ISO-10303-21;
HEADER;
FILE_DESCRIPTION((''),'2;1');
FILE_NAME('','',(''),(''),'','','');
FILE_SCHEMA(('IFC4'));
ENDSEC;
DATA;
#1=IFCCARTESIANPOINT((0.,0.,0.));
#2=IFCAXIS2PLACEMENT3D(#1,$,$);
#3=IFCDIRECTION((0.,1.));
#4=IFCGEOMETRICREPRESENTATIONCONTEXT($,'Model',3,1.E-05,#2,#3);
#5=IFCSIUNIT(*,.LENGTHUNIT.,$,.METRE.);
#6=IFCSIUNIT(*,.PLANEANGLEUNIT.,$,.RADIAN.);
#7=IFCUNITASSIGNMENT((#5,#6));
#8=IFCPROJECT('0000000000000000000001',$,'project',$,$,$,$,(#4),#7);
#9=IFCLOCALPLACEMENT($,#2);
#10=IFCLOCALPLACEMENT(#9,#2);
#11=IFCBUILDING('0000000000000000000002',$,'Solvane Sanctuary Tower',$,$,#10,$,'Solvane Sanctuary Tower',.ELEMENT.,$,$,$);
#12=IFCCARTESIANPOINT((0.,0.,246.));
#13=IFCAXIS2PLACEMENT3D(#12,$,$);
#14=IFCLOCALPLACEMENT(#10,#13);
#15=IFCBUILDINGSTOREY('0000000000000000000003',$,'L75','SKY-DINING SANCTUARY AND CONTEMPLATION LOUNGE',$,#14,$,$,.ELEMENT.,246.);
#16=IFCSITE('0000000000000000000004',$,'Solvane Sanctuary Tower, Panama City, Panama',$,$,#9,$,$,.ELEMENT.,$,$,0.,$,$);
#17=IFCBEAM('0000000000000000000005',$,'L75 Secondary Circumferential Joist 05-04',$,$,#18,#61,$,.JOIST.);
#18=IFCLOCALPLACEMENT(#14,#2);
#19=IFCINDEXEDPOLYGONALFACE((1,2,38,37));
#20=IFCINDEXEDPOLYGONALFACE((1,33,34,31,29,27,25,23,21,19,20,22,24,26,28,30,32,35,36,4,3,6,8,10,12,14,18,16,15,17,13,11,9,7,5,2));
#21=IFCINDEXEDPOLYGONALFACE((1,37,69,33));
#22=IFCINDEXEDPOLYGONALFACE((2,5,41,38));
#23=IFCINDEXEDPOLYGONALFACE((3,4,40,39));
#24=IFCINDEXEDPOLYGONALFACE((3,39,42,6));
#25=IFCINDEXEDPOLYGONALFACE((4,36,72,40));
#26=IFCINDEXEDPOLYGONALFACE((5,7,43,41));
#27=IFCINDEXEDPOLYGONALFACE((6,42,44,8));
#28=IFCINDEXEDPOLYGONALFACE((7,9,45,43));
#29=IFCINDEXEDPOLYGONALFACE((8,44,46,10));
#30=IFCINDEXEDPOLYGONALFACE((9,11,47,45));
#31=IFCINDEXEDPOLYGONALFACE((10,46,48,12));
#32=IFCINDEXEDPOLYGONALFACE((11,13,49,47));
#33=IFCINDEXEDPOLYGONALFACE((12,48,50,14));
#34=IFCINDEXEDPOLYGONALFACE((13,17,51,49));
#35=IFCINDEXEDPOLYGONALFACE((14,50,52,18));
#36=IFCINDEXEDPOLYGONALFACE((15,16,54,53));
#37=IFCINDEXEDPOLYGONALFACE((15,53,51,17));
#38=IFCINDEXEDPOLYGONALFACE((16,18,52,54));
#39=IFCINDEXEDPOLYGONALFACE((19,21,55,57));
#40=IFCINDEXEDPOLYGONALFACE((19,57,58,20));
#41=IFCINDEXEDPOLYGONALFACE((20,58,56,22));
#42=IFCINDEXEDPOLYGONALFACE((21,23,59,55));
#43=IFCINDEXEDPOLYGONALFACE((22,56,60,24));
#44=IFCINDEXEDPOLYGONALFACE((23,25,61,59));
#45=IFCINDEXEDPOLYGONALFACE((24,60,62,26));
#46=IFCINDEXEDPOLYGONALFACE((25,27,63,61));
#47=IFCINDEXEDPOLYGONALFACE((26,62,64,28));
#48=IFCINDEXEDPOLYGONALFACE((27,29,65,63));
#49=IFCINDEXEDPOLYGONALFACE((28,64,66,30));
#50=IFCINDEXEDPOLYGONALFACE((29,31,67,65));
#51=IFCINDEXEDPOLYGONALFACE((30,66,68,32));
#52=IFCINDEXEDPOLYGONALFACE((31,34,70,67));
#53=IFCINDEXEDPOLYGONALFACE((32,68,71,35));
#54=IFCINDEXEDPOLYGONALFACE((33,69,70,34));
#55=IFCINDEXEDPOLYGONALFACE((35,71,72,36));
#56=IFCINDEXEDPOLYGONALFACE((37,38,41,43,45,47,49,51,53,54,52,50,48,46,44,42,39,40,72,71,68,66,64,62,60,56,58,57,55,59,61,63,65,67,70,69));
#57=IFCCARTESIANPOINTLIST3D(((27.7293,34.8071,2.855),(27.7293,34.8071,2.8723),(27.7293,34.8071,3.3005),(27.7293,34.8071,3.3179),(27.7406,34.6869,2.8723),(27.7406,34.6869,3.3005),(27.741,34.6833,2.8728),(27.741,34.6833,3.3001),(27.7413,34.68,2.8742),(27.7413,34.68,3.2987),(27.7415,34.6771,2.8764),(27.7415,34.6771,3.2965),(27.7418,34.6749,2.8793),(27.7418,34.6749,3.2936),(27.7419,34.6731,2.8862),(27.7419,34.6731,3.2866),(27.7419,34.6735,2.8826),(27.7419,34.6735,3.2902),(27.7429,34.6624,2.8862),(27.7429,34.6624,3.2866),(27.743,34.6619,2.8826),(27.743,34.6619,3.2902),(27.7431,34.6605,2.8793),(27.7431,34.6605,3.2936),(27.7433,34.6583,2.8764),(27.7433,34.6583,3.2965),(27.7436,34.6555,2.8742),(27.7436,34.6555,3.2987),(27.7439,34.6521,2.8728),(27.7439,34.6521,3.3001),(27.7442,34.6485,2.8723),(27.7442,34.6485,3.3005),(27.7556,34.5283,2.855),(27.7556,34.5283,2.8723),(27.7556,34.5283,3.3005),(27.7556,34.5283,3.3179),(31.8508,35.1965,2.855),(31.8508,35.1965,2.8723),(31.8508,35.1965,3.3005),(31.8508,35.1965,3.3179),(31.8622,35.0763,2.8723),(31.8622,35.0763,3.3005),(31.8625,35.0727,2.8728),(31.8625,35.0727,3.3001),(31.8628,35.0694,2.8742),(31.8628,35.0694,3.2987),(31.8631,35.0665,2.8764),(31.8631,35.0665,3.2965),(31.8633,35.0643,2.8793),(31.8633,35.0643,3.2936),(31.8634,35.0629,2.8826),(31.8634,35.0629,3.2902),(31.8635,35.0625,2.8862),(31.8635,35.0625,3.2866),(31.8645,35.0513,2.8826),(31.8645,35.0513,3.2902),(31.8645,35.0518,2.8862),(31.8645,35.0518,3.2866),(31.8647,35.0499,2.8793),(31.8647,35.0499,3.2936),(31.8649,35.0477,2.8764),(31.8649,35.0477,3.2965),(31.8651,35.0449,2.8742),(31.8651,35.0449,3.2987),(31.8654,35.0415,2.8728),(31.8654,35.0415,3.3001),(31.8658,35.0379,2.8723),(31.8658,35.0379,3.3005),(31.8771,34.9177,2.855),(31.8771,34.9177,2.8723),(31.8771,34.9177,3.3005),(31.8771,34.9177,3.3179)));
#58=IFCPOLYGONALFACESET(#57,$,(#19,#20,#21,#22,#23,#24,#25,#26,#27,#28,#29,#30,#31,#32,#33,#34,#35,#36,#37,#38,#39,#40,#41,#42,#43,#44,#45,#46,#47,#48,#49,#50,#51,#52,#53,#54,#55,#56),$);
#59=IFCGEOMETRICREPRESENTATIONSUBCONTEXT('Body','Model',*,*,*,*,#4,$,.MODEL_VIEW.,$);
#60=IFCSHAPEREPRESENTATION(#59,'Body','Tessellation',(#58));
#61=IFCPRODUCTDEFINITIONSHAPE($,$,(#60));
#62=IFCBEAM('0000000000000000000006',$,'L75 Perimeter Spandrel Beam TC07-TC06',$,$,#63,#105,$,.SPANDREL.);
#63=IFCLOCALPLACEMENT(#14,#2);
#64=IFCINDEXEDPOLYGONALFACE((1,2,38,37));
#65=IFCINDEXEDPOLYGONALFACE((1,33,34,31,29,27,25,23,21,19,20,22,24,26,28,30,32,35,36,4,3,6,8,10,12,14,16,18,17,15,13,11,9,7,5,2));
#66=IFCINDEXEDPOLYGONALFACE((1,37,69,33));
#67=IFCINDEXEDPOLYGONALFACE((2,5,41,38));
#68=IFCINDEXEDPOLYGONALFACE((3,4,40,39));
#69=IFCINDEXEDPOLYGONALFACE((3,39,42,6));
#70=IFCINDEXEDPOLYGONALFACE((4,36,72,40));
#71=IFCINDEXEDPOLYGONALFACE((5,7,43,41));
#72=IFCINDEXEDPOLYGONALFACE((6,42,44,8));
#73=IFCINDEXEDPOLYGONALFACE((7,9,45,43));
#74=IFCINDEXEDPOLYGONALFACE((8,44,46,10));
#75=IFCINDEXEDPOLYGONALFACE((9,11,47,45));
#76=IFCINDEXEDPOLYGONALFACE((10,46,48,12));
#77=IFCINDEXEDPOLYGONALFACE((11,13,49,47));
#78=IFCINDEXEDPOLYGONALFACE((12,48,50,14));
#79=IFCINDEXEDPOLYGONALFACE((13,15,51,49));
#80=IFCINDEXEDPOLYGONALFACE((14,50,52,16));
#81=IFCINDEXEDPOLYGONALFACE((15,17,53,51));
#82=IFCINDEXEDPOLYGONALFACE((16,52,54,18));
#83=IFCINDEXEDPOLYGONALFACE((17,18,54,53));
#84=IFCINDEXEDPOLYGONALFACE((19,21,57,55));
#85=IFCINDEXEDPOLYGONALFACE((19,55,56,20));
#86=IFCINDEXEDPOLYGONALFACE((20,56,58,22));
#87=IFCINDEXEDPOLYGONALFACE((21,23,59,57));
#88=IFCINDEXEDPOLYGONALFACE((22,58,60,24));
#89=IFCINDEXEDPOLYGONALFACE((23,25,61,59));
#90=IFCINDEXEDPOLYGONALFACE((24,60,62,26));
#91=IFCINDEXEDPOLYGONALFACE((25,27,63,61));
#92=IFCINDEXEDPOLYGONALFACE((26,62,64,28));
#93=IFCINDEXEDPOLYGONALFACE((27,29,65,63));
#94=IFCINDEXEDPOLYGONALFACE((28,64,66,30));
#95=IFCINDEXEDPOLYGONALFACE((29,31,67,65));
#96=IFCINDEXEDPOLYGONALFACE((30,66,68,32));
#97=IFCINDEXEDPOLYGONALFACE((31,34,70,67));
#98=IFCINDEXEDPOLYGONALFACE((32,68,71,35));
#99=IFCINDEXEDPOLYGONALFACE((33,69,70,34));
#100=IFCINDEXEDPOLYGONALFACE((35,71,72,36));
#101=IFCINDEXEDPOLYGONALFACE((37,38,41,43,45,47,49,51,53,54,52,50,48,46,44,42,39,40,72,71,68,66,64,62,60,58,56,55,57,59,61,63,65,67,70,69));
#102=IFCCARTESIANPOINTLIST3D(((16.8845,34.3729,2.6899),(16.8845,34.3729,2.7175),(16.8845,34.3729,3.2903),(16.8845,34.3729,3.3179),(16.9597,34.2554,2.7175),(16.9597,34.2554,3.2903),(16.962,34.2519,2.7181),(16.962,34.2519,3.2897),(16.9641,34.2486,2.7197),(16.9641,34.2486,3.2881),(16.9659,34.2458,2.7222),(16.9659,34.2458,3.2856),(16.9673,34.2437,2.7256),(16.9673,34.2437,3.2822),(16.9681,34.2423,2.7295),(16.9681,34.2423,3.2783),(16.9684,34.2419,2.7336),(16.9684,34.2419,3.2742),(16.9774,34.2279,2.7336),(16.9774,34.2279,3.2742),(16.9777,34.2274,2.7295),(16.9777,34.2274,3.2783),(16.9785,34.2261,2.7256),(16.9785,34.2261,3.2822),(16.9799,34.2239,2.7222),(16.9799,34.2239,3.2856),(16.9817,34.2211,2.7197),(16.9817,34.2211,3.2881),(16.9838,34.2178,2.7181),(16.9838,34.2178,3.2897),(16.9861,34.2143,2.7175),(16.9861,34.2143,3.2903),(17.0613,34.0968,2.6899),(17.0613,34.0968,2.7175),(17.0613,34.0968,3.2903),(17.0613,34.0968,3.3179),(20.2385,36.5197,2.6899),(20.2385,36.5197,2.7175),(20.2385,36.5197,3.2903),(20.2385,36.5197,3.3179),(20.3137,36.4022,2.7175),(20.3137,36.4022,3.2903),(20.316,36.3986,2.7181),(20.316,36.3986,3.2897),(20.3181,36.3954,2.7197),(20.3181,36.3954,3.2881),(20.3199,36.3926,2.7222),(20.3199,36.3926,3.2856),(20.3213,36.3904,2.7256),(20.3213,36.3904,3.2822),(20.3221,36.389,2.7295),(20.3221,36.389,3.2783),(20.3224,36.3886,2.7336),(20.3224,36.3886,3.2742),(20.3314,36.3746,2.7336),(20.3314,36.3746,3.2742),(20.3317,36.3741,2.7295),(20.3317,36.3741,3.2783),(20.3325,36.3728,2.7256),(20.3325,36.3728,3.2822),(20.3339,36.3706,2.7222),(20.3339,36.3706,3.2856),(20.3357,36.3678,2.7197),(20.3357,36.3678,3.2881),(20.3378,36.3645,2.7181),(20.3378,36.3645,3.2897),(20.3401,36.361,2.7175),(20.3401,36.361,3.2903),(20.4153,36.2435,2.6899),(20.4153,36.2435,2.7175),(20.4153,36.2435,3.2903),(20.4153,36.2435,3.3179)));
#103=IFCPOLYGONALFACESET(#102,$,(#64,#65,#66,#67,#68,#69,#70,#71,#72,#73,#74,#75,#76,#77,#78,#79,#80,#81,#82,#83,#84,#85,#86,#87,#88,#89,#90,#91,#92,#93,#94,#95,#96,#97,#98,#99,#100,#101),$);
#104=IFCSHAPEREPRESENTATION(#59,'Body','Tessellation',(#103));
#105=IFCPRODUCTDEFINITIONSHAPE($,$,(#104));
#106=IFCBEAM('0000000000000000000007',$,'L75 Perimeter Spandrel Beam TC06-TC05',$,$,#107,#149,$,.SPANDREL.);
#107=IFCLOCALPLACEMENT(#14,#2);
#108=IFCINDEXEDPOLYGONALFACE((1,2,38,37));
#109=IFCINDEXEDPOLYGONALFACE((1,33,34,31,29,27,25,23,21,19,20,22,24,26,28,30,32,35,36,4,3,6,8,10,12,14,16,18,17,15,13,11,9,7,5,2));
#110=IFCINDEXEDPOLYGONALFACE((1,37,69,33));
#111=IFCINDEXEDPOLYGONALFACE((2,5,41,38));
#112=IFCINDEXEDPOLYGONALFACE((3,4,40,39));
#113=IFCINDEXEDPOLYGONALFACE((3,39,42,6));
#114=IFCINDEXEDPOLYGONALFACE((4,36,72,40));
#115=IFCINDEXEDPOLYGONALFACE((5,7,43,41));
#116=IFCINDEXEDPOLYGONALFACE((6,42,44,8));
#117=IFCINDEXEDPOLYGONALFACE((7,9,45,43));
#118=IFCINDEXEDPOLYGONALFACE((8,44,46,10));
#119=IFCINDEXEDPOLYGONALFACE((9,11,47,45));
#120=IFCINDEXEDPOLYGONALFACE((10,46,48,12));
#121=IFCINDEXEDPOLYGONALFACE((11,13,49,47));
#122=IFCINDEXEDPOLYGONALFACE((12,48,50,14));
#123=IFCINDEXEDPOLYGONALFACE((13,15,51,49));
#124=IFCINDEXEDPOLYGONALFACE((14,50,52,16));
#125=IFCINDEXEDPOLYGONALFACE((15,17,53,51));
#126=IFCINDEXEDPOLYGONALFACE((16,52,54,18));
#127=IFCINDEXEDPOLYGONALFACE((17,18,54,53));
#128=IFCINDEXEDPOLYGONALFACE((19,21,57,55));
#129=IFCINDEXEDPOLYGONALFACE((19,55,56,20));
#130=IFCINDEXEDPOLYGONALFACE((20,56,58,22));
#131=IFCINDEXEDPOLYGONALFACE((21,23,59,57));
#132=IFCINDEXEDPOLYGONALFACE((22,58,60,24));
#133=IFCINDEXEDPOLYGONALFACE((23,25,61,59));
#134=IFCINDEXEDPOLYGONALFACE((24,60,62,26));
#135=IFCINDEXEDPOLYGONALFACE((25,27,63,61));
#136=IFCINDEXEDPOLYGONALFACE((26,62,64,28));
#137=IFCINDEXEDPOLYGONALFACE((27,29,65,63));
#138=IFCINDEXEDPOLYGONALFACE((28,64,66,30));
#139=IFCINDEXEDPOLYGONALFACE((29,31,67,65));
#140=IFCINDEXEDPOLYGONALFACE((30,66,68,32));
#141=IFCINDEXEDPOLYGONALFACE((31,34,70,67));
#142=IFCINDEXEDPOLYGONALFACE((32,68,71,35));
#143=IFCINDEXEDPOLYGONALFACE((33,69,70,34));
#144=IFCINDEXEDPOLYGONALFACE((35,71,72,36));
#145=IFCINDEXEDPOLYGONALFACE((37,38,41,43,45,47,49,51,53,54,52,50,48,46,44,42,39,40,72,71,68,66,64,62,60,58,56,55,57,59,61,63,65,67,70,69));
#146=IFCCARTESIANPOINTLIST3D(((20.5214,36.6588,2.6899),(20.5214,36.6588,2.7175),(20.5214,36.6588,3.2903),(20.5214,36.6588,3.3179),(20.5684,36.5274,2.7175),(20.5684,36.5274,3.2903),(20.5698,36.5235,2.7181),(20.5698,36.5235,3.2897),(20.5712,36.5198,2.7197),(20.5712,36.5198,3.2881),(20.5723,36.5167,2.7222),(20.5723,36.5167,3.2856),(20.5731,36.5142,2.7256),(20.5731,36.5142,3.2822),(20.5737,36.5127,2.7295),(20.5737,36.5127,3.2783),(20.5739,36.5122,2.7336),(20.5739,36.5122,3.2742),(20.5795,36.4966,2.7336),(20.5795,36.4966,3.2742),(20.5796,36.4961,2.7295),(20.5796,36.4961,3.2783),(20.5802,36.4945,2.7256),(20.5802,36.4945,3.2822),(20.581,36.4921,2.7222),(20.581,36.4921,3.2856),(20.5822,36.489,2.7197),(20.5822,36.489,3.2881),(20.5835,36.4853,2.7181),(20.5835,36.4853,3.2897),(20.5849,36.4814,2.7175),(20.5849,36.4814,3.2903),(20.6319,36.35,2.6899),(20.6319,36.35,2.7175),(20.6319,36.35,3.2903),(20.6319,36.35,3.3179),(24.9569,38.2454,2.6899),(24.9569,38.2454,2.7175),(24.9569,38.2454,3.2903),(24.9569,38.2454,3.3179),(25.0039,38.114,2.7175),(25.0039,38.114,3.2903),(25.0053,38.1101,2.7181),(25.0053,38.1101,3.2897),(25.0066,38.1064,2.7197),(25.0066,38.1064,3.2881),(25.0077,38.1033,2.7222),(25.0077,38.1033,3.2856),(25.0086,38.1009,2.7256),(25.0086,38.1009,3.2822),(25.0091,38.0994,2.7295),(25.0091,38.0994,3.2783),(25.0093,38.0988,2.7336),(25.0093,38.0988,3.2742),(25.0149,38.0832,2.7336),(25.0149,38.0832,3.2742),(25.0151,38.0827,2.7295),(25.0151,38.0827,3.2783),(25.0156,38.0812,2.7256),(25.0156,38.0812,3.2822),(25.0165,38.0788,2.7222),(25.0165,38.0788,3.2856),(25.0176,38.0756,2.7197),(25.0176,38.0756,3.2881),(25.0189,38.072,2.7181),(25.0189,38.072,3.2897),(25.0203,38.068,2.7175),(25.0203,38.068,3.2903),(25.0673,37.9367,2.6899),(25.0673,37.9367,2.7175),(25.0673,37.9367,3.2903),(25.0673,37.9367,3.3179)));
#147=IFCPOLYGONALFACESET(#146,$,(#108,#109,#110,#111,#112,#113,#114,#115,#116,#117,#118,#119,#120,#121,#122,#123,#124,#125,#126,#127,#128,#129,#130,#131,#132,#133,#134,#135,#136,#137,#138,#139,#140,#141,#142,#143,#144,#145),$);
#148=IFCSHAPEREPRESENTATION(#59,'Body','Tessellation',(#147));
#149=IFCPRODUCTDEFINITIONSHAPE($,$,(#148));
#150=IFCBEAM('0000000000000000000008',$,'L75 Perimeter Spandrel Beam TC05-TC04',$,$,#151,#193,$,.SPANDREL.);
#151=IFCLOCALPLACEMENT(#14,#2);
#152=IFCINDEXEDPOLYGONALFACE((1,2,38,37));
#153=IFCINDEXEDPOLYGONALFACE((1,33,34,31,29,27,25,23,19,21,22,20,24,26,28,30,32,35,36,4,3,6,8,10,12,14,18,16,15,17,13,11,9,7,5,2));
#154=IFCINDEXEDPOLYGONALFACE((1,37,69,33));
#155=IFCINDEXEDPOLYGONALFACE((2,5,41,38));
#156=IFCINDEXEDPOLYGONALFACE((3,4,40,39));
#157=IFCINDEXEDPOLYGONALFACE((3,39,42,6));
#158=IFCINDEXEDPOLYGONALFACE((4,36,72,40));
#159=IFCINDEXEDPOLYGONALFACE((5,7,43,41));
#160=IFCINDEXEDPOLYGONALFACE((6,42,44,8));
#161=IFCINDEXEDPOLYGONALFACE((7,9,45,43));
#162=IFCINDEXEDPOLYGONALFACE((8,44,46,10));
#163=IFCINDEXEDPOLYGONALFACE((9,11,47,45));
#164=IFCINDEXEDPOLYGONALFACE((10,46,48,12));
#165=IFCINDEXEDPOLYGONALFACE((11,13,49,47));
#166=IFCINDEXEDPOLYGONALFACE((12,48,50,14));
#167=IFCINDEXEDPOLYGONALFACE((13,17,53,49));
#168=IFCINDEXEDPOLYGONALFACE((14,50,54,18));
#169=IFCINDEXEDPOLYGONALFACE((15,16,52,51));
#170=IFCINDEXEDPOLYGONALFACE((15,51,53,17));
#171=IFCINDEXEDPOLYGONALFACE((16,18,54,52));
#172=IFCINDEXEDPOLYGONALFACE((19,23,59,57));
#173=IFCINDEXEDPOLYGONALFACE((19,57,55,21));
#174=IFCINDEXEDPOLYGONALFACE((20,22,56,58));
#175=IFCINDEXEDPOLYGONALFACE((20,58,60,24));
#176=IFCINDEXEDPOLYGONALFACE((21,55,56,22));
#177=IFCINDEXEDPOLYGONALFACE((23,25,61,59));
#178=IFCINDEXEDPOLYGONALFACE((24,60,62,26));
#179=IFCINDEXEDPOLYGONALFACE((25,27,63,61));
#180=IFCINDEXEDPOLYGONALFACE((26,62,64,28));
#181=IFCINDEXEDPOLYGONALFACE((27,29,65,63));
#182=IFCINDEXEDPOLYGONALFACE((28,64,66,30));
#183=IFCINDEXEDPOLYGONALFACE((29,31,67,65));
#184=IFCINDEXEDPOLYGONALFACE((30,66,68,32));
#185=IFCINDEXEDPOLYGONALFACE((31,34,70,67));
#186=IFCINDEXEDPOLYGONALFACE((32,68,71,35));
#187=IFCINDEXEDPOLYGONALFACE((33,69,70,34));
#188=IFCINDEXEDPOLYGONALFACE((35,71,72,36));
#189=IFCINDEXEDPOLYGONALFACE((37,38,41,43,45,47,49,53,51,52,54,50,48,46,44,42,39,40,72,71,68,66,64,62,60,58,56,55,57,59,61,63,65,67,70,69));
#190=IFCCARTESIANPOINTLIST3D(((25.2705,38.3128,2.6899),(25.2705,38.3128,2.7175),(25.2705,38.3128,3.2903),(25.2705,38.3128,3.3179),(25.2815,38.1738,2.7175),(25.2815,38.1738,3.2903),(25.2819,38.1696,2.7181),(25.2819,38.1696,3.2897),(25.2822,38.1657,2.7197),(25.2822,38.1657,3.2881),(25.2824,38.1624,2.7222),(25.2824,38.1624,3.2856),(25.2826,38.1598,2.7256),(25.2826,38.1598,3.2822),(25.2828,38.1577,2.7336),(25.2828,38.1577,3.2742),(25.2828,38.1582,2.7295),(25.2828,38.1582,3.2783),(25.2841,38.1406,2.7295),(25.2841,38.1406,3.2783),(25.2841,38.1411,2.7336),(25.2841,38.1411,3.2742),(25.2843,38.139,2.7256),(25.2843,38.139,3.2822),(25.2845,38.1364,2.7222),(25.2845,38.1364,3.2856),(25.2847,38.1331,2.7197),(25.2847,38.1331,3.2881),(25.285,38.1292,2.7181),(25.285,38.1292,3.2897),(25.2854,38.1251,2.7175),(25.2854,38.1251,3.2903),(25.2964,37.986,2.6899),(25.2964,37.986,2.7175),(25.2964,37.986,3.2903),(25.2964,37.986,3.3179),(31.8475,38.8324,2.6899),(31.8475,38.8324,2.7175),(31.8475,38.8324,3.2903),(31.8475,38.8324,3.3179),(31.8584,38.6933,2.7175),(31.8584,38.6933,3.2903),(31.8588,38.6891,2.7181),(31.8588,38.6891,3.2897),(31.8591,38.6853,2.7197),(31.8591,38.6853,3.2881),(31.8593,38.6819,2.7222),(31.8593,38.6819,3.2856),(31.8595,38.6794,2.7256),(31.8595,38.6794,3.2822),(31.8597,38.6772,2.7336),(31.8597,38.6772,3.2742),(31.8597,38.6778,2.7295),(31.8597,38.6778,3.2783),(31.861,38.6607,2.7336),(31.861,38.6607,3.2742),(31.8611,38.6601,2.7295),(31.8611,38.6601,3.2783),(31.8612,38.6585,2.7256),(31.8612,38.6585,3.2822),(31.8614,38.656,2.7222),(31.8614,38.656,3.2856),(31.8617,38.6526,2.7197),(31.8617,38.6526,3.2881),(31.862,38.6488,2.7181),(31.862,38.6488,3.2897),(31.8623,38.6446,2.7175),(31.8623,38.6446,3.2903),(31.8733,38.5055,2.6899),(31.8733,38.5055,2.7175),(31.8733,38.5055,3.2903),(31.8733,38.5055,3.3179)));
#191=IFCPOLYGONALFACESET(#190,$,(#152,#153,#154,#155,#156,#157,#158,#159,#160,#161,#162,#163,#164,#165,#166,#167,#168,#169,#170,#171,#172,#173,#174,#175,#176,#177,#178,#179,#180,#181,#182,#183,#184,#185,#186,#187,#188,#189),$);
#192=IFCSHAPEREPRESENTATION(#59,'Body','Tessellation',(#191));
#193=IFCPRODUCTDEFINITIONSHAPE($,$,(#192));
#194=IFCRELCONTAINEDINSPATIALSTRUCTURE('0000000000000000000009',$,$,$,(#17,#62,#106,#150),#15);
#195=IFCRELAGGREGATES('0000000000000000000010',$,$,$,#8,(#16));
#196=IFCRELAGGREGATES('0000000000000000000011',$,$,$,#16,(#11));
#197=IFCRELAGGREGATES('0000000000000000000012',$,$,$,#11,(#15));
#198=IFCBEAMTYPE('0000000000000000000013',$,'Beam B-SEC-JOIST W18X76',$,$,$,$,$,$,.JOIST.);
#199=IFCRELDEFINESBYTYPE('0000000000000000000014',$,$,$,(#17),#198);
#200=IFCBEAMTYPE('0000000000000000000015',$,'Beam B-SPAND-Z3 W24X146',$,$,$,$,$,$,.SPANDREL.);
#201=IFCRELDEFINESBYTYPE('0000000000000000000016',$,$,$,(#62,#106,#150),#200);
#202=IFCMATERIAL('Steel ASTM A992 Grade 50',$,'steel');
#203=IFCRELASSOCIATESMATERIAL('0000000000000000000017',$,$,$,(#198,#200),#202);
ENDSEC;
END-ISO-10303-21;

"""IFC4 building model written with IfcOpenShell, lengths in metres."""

from ifc_helpers import new_model, si_unit, direction, frame, origin, origin_2d, place, context, subcontext, project, spatial, i_section, extrude, material, material_profile, profile_set, type_object, element, save


model = new_model("IFC4")

# Units and contexts
model_context = context("Model", 3, precision=1e-05, world=origin(), true_north=direction((0.0, 1.0)))
body_context = subcontext(model_context, "Body", "Model", "MODEL_VIEW")
ifc_project = project(units=[si_unit("LENGTHUNIT", "METRE"), si_unit("PLANEANGLEUNIT", "RADIAN")], contexts=[model_context])

# Site, building, storey
site_placement = place(None, origin())
site = spatial("IfcSite", under=ifc_project, at=site_placement, Name="Solvane Sanctuary Tower, Panama City, Panama", CompositionType="ELEMENT", RefElevation=0.0)
building_placement = place(site_placement, origin())
building = spatial("IfcBuilding", under=site, at=building_placement, Name="Solvane Sanctuary Tower", LongName="Solvane Sanctuary Tower", CompositionType="ELEMENT")
storey_placement = place(building_placement, frame((0.0, 0.0, 246.0)))
storey = spatial("IfcBuildingStorey", under=building, at=storey_placement, Name="L75", Description="SKY-DINING SANCTUARY AND CONTEMPLATION LOUNGE", CompositionType="ELEMENT", Elevation=246.0)

# Beams
ifc_material_1 = material(Name="Steel ASTM A992 Grade 50", Category="steel")
ifc_material_profile_1 = material_profile(ifc_material_1, i_section(OverallWidth=0.28, OverallDepth=0.4629, WebThickness=0.0107, FlangeThickness=0.0173, FilletRadius=0.0139, at=origin_2d()), Name="W18X76")
ifc_profile_set_1 = profile_set([ifc_material_profile_1], Name="Steel ASTM A992 Grade 50")
beam_type_1 = type_object("IfcBeamType", Name="Beam B-SEC-JOIST W18X76", PredefinedType="JOIST", material=ifc_profile_set_1)
beam_1_placement = place(storey_placement, frame((27.7424, 34.6677, 3.0864), z_axis=(0.995566, 0.09406, 0.0), x_axis=(-0.09406, 0.995566, 0.0)))
element("IfcBeam", 1, at=beam_1_placement, inside=storey, type_object=beam_type_1, Name="L75 Secondary Circumferential Joist 05-04", PredefinedType="JOIST", context=body_context, shape_type="SweptSolid", body=[
    extrude(i_section(OverallWidth=0.28, OverallDepth=0.4629, WebThickness=0.0107, FlangeThickness=0.0173, FilletRadius=0.0139, at=origin_2d()), origin(), (0.0, 0.0, 1.0), 4.1399),
])
ifc_material_profile_2 = material_profile(ifc_material_1, i_section(OverallWidth=0.3279, OverallDepth=0.6279, WebThickness=0.0166, FlangeThickness=0.0276, FilletRadius=0.0161, at=origin_2d()), Name="W24X146")
ifc_profile_set_2 = profile_set([ifc_material_profile_2], Name="Steel ASTM A992 Grade 50")
beam_type_2 = type_object("IfcBeamType", Name="Beam B-SPAND-Z3 W24X146", PredefinedType="SPANDREL", material=ifc_profile_set_2)
beam_2_placement = place(storey_placement, frame((16.9729, 34.2349, 3.0039), z_axis=(0.842252, 0.539083, 0.0), x_axis=(-0.539083, 0.842252, 0.0)))
element("IfcBeam", 2, at=beam_2_placement, inside=storey, type_object=beam_type_2, Name="L75 Perimeter Spandrel Beam TC07-TC06", PredefinedType="SPANDREL", context=body_context, shape_type="SweptSolid", body=[
    extrude(i_section(OverallWidth=0.3279, OverallDepth=0.6279, WebThickness=0.0166, FlangeThickness=0.0276, FilletRadius=0.0161, at=origin_2d()), origin(), (0.0, 0.0, 1.0), 3.9822),
])
beam_3_placement = place(storey_placement, frame((20.5767, 36.5044, 3.0039), z_axis=(0.941571, 0.336816, 0.0), x_axis=(-0.336816, 0.941571, 0.0)))
element("IfcBeam", 3, at=beam_3_placement, inside=storey, type_object=beam_type_2, Name="L75 Perimeter Spandrel Beam TC06-TC05", PredefinedType="SPANDREL", context=body_context, shape_type="SweptSolid", body=[
    extrude(i_section(OverallWidth=0.3279, OverallDepth=0.6279, WebThickness=0.0166, FlangeThickness=0.0276, FilletRadius=0.0161, at=origin_2d()), origin(), (0.0, 0.0, 1.0), 4.7107),
])
beam_4_placement = place(storey_placement, frame((25.2834, 38.1494, 3.0039), z_axis=(0.996895, 0.078748, 0.0), x_axis=(-0.078748, 0.996895, 0.0)))
element("IfcBeam", 4, at=beam_4_placement, inside=storey, type_object=beam_type_2, Name="L75 Perimeter Spandrel Beam TC05-TC04", PredefinedType="SPANDREL", context=body_context, shape_type="SweptSolid", body=[
    extrude(i_section(OverallWidth=0.3279, OverallDepth=0.6279, WebThickness=0.0166, FlangeThickness=0.0276, FilletRadius=0.0161, at=origin_2d()), origin(), (0.0, 0.0, 1.0), 6.5974),
])

save(model, "model.ifc")
